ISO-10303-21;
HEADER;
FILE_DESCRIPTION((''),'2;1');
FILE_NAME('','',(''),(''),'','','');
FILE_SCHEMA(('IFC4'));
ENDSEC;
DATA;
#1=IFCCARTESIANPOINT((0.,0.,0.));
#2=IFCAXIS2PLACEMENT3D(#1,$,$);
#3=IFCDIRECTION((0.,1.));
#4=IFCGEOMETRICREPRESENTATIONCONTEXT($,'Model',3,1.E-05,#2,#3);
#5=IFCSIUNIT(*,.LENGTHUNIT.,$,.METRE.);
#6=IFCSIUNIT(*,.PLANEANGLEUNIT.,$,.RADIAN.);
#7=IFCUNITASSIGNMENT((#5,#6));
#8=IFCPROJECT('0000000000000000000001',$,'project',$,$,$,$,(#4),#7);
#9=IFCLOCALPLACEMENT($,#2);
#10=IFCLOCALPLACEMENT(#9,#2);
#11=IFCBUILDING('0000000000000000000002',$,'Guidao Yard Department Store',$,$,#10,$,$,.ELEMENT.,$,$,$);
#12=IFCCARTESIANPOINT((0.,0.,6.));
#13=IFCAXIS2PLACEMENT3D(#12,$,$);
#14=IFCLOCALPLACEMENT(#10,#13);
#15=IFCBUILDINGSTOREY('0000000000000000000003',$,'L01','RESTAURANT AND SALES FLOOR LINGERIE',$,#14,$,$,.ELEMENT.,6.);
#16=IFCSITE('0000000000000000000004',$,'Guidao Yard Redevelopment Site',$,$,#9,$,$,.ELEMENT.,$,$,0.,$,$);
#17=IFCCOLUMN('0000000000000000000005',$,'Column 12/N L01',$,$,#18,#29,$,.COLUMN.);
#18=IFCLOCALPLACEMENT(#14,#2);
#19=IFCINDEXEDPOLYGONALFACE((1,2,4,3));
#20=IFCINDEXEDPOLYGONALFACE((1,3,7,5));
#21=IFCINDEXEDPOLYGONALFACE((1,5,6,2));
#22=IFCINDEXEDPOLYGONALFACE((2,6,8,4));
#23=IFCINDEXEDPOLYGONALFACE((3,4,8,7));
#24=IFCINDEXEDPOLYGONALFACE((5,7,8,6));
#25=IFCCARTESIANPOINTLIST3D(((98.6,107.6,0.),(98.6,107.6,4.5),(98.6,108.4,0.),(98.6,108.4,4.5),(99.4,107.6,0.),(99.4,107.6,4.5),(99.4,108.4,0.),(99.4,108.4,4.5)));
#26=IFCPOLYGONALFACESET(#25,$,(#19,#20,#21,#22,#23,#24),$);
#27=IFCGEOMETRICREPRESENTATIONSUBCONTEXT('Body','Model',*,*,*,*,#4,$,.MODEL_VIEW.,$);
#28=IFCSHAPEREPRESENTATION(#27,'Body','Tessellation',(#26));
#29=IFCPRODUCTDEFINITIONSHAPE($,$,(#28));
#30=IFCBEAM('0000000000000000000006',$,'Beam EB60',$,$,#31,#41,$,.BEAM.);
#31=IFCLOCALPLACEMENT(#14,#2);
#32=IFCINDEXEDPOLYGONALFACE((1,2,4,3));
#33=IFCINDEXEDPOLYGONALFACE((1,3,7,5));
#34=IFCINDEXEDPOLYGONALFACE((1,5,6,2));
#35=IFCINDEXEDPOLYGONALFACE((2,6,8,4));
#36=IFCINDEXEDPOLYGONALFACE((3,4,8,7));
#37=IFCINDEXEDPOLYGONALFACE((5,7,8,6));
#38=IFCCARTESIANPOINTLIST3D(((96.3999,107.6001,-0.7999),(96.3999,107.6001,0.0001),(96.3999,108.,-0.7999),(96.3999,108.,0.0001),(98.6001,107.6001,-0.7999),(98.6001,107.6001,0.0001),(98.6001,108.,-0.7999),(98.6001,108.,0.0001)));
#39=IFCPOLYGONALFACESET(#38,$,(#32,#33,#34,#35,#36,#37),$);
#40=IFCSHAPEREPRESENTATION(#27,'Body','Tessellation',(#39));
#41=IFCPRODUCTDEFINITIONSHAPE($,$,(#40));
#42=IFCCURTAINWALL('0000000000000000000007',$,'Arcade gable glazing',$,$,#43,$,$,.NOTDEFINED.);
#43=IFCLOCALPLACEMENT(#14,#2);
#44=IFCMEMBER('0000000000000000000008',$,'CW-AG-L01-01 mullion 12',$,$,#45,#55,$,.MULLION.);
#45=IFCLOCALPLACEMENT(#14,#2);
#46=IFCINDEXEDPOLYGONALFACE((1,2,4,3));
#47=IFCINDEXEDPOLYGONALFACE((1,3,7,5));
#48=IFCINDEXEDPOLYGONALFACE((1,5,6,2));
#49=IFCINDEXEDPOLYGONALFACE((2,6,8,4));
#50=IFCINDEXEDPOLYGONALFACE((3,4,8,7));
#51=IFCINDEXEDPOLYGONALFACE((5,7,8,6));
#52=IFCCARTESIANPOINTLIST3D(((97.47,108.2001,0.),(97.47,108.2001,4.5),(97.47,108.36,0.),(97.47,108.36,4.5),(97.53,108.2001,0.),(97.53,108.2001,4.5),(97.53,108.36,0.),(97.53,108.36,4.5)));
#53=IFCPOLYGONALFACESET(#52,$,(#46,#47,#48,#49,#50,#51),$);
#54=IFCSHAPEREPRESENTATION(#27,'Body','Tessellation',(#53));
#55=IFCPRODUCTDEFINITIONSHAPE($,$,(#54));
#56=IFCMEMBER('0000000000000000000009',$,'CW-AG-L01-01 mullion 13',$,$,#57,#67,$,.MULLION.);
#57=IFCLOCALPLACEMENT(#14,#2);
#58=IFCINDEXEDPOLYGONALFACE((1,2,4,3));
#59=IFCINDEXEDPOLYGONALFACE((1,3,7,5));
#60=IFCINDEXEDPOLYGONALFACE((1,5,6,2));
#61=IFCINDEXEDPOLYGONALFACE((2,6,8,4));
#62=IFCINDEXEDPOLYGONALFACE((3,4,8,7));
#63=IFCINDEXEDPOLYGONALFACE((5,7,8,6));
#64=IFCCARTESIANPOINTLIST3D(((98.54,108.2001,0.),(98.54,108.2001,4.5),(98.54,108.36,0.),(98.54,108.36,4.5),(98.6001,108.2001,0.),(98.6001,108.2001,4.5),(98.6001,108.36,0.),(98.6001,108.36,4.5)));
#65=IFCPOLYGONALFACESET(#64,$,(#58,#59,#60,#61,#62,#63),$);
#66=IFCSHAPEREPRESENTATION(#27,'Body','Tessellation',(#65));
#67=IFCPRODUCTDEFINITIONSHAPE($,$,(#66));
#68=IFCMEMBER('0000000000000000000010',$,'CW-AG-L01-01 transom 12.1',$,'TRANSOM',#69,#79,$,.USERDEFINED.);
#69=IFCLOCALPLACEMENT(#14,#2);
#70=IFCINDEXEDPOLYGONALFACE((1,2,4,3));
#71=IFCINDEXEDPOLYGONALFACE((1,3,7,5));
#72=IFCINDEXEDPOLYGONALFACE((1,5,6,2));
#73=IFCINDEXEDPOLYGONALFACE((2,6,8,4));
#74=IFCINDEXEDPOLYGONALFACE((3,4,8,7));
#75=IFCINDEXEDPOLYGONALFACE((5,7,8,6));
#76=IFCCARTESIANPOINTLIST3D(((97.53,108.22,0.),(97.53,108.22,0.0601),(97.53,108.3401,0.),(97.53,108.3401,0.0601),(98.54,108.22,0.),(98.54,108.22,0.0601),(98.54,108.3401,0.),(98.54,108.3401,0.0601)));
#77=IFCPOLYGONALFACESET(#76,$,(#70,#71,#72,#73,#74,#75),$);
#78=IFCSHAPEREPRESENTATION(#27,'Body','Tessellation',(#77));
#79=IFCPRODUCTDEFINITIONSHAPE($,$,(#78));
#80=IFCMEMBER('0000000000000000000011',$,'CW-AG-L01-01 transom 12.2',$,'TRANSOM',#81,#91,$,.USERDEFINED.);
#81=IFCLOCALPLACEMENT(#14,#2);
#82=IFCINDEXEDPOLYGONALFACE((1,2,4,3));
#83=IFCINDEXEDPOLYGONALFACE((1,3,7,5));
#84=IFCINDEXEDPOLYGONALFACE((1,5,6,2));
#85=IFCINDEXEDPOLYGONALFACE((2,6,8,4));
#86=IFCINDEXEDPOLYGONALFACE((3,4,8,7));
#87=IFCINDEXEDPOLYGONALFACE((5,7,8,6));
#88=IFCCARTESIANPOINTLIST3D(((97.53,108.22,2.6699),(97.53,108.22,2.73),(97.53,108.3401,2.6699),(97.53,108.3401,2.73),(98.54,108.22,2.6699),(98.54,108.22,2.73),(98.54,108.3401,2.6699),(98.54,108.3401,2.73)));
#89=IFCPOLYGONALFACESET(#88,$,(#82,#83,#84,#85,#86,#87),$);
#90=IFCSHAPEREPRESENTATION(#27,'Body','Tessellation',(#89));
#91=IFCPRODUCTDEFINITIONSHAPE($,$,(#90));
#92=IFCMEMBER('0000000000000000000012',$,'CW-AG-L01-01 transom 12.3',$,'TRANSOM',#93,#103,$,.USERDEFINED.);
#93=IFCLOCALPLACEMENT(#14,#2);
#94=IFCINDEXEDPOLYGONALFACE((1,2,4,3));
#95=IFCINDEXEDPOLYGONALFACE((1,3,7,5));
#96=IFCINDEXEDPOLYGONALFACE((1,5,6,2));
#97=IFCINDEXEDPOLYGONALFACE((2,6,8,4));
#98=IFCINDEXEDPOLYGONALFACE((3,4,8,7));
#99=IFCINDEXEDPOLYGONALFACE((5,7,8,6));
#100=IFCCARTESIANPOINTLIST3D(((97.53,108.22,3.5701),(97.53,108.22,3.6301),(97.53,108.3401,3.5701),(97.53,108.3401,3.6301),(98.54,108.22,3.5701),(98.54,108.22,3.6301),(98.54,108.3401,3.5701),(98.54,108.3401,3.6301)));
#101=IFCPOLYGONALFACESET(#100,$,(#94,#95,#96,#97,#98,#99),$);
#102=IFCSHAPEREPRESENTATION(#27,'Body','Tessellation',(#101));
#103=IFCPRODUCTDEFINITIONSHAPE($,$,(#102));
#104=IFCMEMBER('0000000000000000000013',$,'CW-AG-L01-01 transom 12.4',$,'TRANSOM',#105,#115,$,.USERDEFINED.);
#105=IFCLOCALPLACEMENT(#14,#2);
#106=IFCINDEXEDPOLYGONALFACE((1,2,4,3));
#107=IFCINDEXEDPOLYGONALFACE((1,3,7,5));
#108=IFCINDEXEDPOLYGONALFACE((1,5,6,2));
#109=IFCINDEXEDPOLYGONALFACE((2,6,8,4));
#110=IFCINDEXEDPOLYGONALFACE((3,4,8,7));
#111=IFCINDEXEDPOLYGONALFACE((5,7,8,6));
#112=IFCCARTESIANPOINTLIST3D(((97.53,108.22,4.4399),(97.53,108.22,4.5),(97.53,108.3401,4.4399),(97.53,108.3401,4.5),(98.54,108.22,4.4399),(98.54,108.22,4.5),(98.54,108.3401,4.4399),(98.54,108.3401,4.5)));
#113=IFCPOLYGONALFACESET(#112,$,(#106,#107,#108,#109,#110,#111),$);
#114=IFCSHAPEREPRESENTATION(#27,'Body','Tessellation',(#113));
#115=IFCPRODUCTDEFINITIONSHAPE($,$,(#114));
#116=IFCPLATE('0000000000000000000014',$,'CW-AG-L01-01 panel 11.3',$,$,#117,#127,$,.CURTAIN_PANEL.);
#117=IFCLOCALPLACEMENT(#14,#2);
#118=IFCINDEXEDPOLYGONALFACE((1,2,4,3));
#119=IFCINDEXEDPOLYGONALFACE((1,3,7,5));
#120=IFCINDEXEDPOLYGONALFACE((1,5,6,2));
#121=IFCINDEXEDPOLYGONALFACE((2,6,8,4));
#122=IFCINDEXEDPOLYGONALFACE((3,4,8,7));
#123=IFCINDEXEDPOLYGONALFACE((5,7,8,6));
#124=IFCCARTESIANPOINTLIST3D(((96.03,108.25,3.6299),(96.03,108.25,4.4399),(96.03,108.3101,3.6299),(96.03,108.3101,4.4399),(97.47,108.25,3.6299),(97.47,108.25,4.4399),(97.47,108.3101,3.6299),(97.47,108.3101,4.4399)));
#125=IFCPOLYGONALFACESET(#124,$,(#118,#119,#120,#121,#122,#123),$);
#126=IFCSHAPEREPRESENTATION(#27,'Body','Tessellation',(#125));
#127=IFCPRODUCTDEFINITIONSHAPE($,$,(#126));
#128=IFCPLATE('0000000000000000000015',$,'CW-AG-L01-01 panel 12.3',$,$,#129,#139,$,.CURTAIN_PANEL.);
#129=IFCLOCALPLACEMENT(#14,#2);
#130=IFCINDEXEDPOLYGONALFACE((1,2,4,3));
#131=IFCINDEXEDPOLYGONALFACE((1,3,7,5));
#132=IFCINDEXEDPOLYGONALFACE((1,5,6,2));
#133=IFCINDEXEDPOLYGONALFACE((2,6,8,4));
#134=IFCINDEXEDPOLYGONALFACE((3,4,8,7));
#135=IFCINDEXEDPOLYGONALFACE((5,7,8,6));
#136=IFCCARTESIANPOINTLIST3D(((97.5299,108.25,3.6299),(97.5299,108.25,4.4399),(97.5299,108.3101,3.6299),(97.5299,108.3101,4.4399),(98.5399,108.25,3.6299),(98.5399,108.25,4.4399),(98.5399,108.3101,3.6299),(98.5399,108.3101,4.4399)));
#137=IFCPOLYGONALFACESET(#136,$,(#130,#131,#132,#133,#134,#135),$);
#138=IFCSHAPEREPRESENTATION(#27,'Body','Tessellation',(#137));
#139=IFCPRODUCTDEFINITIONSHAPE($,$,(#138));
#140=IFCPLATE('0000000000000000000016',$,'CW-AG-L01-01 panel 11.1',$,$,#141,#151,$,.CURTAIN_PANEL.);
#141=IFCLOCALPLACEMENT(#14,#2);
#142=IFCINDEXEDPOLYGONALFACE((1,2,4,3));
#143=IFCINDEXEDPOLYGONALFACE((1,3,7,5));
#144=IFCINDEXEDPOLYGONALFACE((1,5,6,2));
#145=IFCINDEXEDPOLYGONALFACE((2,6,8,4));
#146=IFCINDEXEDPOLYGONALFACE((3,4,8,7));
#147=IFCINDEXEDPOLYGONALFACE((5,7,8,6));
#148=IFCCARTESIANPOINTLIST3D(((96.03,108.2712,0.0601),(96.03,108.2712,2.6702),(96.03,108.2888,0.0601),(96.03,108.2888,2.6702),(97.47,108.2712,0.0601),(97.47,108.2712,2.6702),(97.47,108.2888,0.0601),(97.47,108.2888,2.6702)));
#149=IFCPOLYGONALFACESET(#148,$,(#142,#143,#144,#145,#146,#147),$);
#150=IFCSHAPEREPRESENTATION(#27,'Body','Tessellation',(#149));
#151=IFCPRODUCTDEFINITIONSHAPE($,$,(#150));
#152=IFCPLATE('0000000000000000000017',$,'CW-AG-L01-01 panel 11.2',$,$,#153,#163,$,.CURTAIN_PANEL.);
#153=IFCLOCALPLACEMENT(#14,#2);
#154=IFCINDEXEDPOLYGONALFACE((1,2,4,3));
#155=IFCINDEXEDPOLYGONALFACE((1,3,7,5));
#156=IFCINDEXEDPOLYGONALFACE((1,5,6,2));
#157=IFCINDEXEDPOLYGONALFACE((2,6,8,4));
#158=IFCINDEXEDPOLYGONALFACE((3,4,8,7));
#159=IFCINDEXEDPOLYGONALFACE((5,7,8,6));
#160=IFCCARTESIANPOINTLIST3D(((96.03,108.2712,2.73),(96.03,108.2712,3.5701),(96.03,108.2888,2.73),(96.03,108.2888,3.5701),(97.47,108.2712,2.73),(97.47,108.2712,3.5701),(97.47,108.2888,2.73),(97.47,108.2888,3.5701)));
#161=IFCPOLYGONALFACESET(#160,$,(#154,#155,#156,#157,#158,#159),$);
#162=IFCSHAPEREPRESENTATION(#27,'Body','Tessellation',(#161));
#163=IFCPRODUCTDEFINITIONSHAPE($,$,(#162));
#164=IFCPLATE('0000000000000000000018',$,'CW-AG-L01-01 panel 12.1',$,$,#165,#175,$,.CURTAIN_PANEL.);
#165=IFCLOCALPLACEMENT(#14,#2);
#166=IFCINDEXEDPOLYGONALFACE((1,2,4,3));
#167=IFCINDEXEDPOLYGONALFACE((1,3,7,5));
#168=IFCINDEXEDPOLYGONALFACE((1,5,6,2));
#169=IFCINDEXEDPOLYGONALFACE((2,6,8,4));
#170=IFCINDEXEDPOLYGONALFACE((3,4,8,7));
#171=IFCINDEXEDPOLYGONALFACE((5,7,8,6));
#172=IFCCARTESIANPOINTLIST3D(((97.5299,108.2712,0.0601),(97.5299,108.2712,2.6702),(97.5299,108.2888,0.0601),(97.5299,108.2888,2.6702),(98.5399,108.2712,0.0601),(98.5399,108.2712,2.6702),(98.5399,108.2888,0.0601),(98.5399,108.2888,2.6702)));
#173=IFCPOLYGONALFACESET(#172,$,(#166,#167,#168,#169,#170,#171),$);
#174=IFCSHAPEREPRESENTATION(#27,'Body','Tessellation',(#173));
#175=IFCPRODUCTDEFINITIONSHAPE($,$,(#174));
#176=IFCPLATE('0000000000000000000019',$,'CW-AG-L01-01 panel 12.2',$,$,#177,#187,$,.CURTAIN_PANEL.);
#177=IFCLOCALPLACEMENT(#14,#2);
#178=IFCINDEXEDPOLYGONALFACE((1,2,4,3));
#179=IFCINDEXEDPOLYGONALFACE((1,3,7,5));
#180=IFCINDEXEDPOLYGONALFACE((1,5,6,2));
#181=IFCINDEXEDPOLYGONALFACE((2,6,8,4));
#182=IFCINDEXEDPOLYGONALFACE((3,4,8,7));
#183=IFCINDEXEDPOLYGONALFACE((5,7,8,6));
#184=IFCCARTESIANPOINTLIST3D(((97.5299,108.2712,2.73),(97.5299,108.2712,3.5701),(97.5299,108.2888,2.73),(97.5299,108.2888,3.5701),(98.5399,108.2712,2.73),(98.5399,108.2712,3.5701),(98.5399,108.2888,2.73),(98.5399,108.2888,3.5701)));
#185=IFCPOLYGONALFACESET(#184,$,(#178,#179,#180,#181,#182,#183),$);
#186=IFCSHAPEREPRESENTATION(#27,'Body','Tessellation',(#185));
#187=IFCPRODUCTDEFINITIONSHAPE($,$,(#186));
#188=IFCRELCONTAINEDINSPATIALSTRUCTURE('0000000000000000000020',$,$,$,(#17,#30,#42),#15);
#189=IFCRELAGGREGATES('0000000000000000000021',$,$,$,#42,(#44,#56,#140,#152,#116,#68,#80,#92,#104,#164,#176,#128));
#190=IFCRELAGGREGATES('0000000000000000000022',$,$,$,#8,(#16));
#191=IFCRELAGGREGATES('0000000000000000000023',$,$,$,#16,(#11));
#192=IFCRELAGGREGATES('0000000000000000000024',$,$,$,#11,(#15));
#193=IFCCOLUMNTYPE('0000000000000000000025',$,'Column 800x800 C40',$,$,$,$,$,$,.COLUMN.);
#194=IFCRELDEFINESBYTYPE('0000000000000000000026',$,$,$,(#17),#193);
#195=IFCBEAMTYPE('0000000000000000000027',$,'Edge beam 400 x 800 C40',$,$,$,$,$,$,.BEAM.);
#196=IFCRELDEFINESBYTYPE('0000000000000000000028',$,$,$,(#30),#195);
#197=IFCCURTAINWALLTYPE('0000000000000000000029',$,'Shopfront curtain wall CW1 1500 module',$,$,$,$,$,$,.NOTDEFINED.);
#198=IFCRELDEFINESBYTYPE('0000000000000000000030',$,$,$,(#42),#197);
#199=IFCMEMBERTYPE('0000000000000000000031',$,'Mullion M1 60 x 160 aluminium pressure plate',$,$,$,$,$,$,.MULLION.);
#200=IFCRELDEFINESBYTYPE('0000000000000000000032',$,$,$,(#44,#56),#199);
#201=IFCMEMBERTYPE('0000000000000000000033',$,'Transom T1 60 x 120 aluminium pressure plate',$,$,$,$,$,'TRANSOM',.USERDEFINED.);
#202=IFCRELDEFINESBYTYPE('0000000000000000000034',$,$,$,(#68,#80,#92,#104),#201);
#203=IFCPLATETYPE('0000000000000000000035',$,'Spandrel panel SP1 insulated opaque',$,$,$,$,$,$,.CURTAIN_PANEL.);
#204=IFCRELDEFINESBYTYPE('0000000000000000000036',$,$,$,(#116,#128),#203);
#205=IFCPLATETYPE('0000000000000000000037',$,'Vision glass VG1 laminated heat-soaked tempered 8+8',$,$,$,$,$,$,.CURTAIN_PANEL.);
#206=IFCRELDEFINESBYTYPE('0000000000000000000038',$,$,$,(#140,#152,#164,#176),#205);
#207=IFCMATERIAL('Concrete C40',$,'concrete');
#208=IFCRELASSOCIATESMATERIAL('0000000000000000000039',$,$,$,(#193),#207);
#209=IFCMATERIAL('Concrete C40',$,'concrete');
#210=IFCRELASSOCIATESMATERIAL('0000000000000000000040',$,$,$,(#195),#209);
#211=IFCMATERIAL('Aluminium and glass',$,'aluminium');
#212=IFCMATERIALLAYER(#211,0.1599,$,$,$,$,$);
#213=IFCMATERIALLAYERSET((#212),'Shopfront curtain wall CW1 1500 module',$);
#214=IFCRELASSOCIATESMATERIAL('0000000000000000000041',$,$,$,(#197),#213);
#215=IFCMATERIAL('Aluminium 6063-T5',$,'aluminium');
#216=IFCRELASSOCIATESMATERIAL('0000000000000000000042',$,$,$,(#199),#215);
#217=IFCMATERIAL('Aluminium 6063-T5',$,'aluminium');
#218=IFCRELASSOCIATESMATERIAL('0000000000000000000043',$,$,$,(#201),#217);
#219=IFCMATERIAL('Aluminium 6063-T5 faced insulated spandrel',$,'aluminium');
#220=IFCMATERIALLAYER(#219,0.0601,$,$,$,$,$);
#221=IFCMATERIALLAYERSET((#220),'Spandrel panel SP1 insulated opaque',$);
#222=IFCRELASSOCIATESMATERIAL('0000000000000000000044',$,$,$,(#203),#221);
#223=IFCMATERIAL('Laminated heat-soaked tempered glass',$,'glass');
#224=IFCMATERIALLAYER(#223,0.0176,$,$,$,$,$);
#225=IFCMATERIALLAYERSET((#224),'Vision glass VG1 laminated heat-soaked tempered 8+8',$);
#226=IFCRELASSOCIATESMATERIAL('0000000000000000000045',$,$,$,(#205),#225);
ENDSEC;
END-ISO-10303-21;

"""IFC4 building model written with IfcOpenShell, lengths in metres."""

from ifc_helpers import new_model, si_unit, direction, frame, origin, origin_2d, place, context, subcontext, project, spatial, rectangle, extrude, material, layer, layer_set, material_profile, profile_set, type_object, element, aggregate, save


model = new_model("IFC4")

# Units and contexts
model_context = context("Model", 3, precision=1e-05, world=origin(), true_north=direction((0.0, 1.0)))
body_context = subcontext(model_context, "Body", "Model", "MODEL_VIEW")
ifc_project = project(units=[si_unit("LENGTHUNIT", "METRE"), si_unit("PLANEANGLEUNIT", "RADIAN")], contexts=[model_context])

# Site, building, storey
site_placement = place(None, origin())
site = spatial("IfcSite", under=ifc_project, at=site_placement, Name="Guidao Yard Redevelopment Site", CompositionType="ELEMENT", RefElevation=0.0)
building_placement = place(site_placement, origin())
building = spatial("IfcBuilding", under=site, at=building_placement, Name="Guidao Yard Department Store", CompositionType="ELEMENT")
storey_placement = place(building_placement, frame((0.0, 0.0, 6.0)))
storey = spatial("IfcBuildingStorey", under=building, at=storey_placement, Name="L01", Description="RESTAURANT AND SALES FLOOR LINGERIE", CompositionType="ELEMENT", Elevation=6.0)

# Column
ifc_material_1 = material(Name="Concrete C40", Category="concrete")
ifc_material_profile_1 = material_profile(ifc_material_1, rectangle(XDim=0.8, YDim=0.8, at=origin_2d()), Name="COL 800x800")
ifc_profile_set_1 = profile_set([ifc_material_profile_1], Name="Concrete C40")
column_type = type_object("IfcColumnType", Name="Column 800x800 C40", PredefinedType="COLUMN", material=ifc_profile_set_1)
column_placement = place(storey_placement, frame((99.0, 108.0, 0.0), z_axis=(0.0, 0.0, 1.0), x_axis=(1.0, 0.0, 0.0)))
element("IfcColumn", 1, at=column_placement, inside=storey, type_object=column_type, Name="Column 12/N L01", PredefinedType="COLUMN", context=body_context, shape_type="SweptSolid", body=[
    extrude(rectangle(XDim=0.8, YDim=0.8, at=origin_2d()), origin(), (0.0, 0.0, 1.0), 4.5),
])

# Beam
ifc_material_2 = material(Name="Concrete C40", Category="concrete")
ifc_material_profile_2 = material_profile(ifc_material_2, rectangle(XDim=0.3999, YDim=0.8, at=origin_2d()), Name="Edge beam 400 x 800 C40")
ifc_profile_set_2 = profile_set([ifc_material_profile_2], Name="Concrete C40")
beam_type = type_object("IfcBeamType", Name="Edge beam 400 x 800 C40", PredefinedType="BEAM", material=ifc_profile_set_2)
beam_placement = place(storey_placement, frame((96.3999, 107.8, -0.3999), z_axis=(1.0, 0.0, 0.0), x_axis=(0.0, 1.0, 0.0)))
element("IfcBeam", 2, at=beam_placement, inside=storey, type_object=beam_type, Name="Beam EB60", PredefinedType="BEAM", context=body_context, shape_type="SweptSolid", body=[
    extrude(rectangle(XDim=0.3999, YDim=0.8, at=origin_2d()), origin(), (0.0, 0.0, 1.0), 2.2002),
])

# Curtain wall, members, plates
ifc_material_3 = material(Name="Aluminium and glass", Category="aluminium")
ifc_layer_1 = layer(ifc_material_3, 0.1599)
ifc_layer_set_1 = layer_set([ifc_layer_1], Name="Shopfront curtain wall CW1 1500 module")
curtain_wall_type = type_object("IfcCurtainWallType", Name="Shopfront curtain wall CW1 1500 module", PredefinedType="NOTDEFINED", material=ifc_layer_set_1)
curtain_wall_placement = place(storey_placement, origin())
curtain_wall = element("IfcCurtainWall", 3, at=curtain_wall_placement, inside=storey, type_object=curtain_wall_type, Name="Arcade gable glazing", PredefinedType="NOTDEFINED")
ifc_material_4 = material(Name="Aluminium 6063-T5", Category="aluminium")
ifc_material_profile_3 = material_profile(ifc_material_4, rectangle(XDim=0.0601, YDim=0.1599, at=origin_2d()), Name="Mullion M1 60 x 160 aluminium pressure plate")
ifc_profile_set_3 = profile_set([ifc_material_profile_3], Name="Aluminium 6063-T5")
member_type_1 = type_object("IfcMemberType", Name="Mullion M1 60 x 160 aluminium pressure plate", PredefinedType="MULLION", material=ifc_profile_set_3)
member_1_placement = place(storey_placement, frame((97.5, 108.28, 0.0), z_axis=(0.0, 0.0, 1.0), x_axis=(1.0, 0.0, 0.0)))
member_1 = element("IfcMember", 4, at=member_1_placement, type_object=member_type_1, Name="CW-AG-L01-01 mullion 12", PredefinedType="MULLION", context=body_context, shape_type="SweptSolid", body=[
    extrude(rectangle(XDim=0.0601, YDim=0.1599, at=origin_2d()), origin(), (0.0, 0.0, 1.0), 4.5),
])
member_2_placement = place(storey_placement, frame((98.5701, 108.28, 0.0), z_axis=(0.0, 0.0, 1.0), x_axis=(1.0, 0.0, 0.0)))
member_2 = element("IfcMember", 5, at=member_2_placement, type_object=member_type_1, Name="CW-AG-L01-01 mullion 13", PredefinedType="MULLION", context=body_context, shape_type="SweptSolid", body=[
    extrude(rectangle(XDim=0.0601, YDim=0.1599, at=origin_2d()), origin(), (0.0, 0.0, 1.0), 4.5),
])
ifc_material_5 = material(Name="Aluminium 6063-T5", Category="aluminium")
ifc_material_profile_4 = material_profile(ifc_material_5, rectangle(XDim=0.1201, YDim=0.0601, at=origin_2d()), Name="Transom T1 60 x 120 aluminium pressure plate")
ifc_profile_set_4 = profile_set([ifc_material_profile_4], Name="Aluminium 6063-T5")
member_type_2 = type_object("IfcMemberType", Name="Transom T1 60 x 120 aluminium pressure plate", ElementType="TRANSOM", PredefinedType="USERDEFINED", material=ifc_profile_set_4)
member_3_placement = place(storey_placement, frame((97.53, 108.28, 0.03), z_axis=(1.0, 0.0, 0.0), x_axis=(0.0, 1.0, 0.0)))
member_3 = element("IfcMember", 6, at=member_3_placement, type_object=member_type_2, Name="CW-AG-L01-01 transom 12.1", ObjectType="TRANSOM", PredefinedType="USERDEFINED", context=body_context, shape_type="SweptSolid", body=[
    extrude(rectangle(XDim=0.1201, YDim=0.0601, at=origin_2d()), origin(), (0.0, 0.0, 1.0), 1.01),
])
member_4_placement = place(storey_placement, frame((97.53, 108.28, 2.7), z_axis=(1.0, 0.0, 0.0), x_axis=(0.0, 1.0, 0.0)))
member_4 = element("IfcMember", 7, at=member_4_placement, type_object=member_type_2, Name="CW-AG-L01-01 transom 12.2", ObjectType="TRANSOM", PredefinedType="USERDEFINED", context=body_context, shape_type="SweptSolid", body=[
    extrude(rectangle(XDim=0.1201, YDim=0.0601, at=origin_2d()), origin(), (0.0, 0.0, 1.0), 1.01),
])
member_5_placement = place(storey_placement, frame((97.53, 108.28, 3.6001), z_axis=(1.0, 0.0, 0.0), x_axis=(0.0, 1.0, 0.0)))
member_5 = element("IfcMember", 8, at=member_5_placement, type_object=member_type_2, Name="CW-AG-L01-01 transom 12.3", ObjectType="TRANSOM", PredefinedType="USERDEFINED", context=body_context, shape_type="SweptSolid", body=[
    extrude(rectangle(XDim=0.1201, YDim=0.0601, at=origin_2d()), origin(), (0.0, 0.0, 1.0), 1.01),
])
member_6_placement = place(storey_placement, frame((97.53, 108.28, 4.47), z_axis=(1.0, 0.0, 0.0), x_axis=(0.0, 1.0, 0.0)))
member_6 = element("IfcMember", 9, at=member_6_placement, type_object=member_type_2, Name="CW-AG-L01-01 transom 12.4", ObjectType="TRANSOM", PredefinedType="USERDEFINED", context=body_context, shape_type="SweptSolid", body=[
    extrude(rectangle(XDim=0.1201, YDim=0.0601, at=origin_2d()), origin(), (0.0, 0.0, 1.0), 1.01),
])
ifc_material_6 = material(Name="Aluminium 6063-T5 faced insulated spandrel", Category="aluminium")
ifc_layer_2 = layer(ifc_material_6, 0.0601)
ifc_layer_set_2 = layer_set([ifc_layer_2], Name="Spandrel panel SP1 insulated opaque")
plate_type_1 = type_object("IfcPlateType", Name="Spandrel panel SP1 insulated opaque", PredefinedType="CURTAIN_PANEL", material=ifc_layer_set_2)
plate_1_placement = place(storey_placement, frame((96.75, 108.28, 3.6299), z_axis=(0.0, 0.0, 1.0), x_axis=(1.0, 0.0, 0.0)))
plate_1 = element("IfcPlate", 10, at=plate_1_placement, type_object=plate_type_1, Name="CW-AG-L01-01 panel 11.3", PredefinedType="CURTAIN_PANEL", context=body_context, shape_type="SweptSolid", body=[
    extrude(rectangle(XDim=1.4399, YDim=0.0601, at=origin_2d()), origin(), (0.0, 0.0, 1.0), 0.8101),
])
plate_2_placement = place(storey_placement, frame((98.0349, 108.28, 3.6299), z_axis=(0.0, 0.0, 1.0), x_axis=(1.0, 0.0, 0.0)))
plate_2 = element("IfcPlate", 11, at=plate_2_placement, type_object=plate_type_1, Name="CW-AG-L01-01 panel 12.3", PredefinedType="CURTAIN_PANEL", context=body_context, shape_type="SweptSolid", body=[
    extrude(rectangle(XDim=1.01, YDim=0.0601, at=origin_2d()), origin(), (0.0, 0.0, 1.0), 0.8101),
])
ifc_material_7 = material(Name="Laminated heat-soaked tempered glass", Category="glass")
ifc_layer_3 = layer(ifc_material_7, 0.0176)
ifc_layer_set_3 = layer_set([ifc_layer_3], Name="Vision glass VG1 laminated heat-soaked tempered 8+8")
plate_type_2 = type_object("IfcPlateType", Name="Vision glass VG1 laminated heat-soaked tempered 8+8", PredefinedType="CURTAIN_PANEL", material=ifc_layer_set_3)
plate_3_placement = place(storey_placement, frame((96.75, 108.28, 0.0601), z_axis=(0.0, 0.0, 1.0), x_axis=(1.0, 0.0, 0.0)))
plate_3 = element("IfcPlate", 12, at=plate_3_placement, type_object=plate_type_2, Name="CW-AG-L01-01 panel 11.1", PredefinedType="CURTAIN_PANEL", context=body_context, shape_type="SweptSolid", body=[
    extrude(rectangle(XDim=1.4399, YDim=0.0176, at=origin_2d()), origin(), (0.0, 0.0, 1.0), 2.6101),
])
plate_4_placement = place(storey_placement, frame((96.75, 108.28, 2.73), z_axis=(0.0, 0.0, 1.0), x_axis=(1.0, 0.0, 0.0)))
plate_4 = element("IfcPlate", 13, at=plate_4_placement, type_object=plate_type_2, Name="CW-AG-L01-01 panel 11.2", PredefinedType="CURTAIN_PANEL", context=body_context, shape_type="SweptSolid", body=[
    extrude(rectangle(XDim=1.4399, YDim=0.0176, at=origin_2d()), origin(), (0.0, 0.0, 1.0), 0.8401),
])
plate_5_placement = place(storey_placement, frame((98.0349, 108.28, 0.0601), z_axis=(0.0, 0.0, 1.0), x_axis=(1.0, 0.0, 0.0)))
plate_5 = element("IfcPlate", 14, at=plate_5_placement, type_object=plate_type_2, Name="CW-AG-L01-01 panel 12.1", PredefinedType="CURTAIN_PANEL", context=body_context, shape_type="SweptSolid", body=[
    extrude(rectangle(XDim=1.01, YDim=0.0176, at=origin_2d()), origin(), (0.0, 0.0, 1.0), 2.6101),
])
plate_6_placement = place(storey_placement, frame((98.0349, 108.28, 2.73), z_axis=(0.0, 0.0, 1.0), x_axis=(1.0, 0.0, 0.0)))
plate_6 = element("IfcPlate", 15, at=plate_6_placement, type_object=plate_type_2, Name="CW-AG-L01-01 panel 12.2", PredefinedType="CURTAIN_PANEL", context=body_context, shape_type="SweptSolid", body=[
    extrude(rectangle(XDim=1.01, YDim=0.0176, at=origin_2d()), origin(), (0.0, 0.0, 1.0), 0.8401),
])
aggregate(curtain_wall, [member_1, member_2, plate_3, plate_4, plate_1, member_3, member_4, member_5, member_6, plate_5, plate_6, plate_2])

save(model, "model.ifc")
